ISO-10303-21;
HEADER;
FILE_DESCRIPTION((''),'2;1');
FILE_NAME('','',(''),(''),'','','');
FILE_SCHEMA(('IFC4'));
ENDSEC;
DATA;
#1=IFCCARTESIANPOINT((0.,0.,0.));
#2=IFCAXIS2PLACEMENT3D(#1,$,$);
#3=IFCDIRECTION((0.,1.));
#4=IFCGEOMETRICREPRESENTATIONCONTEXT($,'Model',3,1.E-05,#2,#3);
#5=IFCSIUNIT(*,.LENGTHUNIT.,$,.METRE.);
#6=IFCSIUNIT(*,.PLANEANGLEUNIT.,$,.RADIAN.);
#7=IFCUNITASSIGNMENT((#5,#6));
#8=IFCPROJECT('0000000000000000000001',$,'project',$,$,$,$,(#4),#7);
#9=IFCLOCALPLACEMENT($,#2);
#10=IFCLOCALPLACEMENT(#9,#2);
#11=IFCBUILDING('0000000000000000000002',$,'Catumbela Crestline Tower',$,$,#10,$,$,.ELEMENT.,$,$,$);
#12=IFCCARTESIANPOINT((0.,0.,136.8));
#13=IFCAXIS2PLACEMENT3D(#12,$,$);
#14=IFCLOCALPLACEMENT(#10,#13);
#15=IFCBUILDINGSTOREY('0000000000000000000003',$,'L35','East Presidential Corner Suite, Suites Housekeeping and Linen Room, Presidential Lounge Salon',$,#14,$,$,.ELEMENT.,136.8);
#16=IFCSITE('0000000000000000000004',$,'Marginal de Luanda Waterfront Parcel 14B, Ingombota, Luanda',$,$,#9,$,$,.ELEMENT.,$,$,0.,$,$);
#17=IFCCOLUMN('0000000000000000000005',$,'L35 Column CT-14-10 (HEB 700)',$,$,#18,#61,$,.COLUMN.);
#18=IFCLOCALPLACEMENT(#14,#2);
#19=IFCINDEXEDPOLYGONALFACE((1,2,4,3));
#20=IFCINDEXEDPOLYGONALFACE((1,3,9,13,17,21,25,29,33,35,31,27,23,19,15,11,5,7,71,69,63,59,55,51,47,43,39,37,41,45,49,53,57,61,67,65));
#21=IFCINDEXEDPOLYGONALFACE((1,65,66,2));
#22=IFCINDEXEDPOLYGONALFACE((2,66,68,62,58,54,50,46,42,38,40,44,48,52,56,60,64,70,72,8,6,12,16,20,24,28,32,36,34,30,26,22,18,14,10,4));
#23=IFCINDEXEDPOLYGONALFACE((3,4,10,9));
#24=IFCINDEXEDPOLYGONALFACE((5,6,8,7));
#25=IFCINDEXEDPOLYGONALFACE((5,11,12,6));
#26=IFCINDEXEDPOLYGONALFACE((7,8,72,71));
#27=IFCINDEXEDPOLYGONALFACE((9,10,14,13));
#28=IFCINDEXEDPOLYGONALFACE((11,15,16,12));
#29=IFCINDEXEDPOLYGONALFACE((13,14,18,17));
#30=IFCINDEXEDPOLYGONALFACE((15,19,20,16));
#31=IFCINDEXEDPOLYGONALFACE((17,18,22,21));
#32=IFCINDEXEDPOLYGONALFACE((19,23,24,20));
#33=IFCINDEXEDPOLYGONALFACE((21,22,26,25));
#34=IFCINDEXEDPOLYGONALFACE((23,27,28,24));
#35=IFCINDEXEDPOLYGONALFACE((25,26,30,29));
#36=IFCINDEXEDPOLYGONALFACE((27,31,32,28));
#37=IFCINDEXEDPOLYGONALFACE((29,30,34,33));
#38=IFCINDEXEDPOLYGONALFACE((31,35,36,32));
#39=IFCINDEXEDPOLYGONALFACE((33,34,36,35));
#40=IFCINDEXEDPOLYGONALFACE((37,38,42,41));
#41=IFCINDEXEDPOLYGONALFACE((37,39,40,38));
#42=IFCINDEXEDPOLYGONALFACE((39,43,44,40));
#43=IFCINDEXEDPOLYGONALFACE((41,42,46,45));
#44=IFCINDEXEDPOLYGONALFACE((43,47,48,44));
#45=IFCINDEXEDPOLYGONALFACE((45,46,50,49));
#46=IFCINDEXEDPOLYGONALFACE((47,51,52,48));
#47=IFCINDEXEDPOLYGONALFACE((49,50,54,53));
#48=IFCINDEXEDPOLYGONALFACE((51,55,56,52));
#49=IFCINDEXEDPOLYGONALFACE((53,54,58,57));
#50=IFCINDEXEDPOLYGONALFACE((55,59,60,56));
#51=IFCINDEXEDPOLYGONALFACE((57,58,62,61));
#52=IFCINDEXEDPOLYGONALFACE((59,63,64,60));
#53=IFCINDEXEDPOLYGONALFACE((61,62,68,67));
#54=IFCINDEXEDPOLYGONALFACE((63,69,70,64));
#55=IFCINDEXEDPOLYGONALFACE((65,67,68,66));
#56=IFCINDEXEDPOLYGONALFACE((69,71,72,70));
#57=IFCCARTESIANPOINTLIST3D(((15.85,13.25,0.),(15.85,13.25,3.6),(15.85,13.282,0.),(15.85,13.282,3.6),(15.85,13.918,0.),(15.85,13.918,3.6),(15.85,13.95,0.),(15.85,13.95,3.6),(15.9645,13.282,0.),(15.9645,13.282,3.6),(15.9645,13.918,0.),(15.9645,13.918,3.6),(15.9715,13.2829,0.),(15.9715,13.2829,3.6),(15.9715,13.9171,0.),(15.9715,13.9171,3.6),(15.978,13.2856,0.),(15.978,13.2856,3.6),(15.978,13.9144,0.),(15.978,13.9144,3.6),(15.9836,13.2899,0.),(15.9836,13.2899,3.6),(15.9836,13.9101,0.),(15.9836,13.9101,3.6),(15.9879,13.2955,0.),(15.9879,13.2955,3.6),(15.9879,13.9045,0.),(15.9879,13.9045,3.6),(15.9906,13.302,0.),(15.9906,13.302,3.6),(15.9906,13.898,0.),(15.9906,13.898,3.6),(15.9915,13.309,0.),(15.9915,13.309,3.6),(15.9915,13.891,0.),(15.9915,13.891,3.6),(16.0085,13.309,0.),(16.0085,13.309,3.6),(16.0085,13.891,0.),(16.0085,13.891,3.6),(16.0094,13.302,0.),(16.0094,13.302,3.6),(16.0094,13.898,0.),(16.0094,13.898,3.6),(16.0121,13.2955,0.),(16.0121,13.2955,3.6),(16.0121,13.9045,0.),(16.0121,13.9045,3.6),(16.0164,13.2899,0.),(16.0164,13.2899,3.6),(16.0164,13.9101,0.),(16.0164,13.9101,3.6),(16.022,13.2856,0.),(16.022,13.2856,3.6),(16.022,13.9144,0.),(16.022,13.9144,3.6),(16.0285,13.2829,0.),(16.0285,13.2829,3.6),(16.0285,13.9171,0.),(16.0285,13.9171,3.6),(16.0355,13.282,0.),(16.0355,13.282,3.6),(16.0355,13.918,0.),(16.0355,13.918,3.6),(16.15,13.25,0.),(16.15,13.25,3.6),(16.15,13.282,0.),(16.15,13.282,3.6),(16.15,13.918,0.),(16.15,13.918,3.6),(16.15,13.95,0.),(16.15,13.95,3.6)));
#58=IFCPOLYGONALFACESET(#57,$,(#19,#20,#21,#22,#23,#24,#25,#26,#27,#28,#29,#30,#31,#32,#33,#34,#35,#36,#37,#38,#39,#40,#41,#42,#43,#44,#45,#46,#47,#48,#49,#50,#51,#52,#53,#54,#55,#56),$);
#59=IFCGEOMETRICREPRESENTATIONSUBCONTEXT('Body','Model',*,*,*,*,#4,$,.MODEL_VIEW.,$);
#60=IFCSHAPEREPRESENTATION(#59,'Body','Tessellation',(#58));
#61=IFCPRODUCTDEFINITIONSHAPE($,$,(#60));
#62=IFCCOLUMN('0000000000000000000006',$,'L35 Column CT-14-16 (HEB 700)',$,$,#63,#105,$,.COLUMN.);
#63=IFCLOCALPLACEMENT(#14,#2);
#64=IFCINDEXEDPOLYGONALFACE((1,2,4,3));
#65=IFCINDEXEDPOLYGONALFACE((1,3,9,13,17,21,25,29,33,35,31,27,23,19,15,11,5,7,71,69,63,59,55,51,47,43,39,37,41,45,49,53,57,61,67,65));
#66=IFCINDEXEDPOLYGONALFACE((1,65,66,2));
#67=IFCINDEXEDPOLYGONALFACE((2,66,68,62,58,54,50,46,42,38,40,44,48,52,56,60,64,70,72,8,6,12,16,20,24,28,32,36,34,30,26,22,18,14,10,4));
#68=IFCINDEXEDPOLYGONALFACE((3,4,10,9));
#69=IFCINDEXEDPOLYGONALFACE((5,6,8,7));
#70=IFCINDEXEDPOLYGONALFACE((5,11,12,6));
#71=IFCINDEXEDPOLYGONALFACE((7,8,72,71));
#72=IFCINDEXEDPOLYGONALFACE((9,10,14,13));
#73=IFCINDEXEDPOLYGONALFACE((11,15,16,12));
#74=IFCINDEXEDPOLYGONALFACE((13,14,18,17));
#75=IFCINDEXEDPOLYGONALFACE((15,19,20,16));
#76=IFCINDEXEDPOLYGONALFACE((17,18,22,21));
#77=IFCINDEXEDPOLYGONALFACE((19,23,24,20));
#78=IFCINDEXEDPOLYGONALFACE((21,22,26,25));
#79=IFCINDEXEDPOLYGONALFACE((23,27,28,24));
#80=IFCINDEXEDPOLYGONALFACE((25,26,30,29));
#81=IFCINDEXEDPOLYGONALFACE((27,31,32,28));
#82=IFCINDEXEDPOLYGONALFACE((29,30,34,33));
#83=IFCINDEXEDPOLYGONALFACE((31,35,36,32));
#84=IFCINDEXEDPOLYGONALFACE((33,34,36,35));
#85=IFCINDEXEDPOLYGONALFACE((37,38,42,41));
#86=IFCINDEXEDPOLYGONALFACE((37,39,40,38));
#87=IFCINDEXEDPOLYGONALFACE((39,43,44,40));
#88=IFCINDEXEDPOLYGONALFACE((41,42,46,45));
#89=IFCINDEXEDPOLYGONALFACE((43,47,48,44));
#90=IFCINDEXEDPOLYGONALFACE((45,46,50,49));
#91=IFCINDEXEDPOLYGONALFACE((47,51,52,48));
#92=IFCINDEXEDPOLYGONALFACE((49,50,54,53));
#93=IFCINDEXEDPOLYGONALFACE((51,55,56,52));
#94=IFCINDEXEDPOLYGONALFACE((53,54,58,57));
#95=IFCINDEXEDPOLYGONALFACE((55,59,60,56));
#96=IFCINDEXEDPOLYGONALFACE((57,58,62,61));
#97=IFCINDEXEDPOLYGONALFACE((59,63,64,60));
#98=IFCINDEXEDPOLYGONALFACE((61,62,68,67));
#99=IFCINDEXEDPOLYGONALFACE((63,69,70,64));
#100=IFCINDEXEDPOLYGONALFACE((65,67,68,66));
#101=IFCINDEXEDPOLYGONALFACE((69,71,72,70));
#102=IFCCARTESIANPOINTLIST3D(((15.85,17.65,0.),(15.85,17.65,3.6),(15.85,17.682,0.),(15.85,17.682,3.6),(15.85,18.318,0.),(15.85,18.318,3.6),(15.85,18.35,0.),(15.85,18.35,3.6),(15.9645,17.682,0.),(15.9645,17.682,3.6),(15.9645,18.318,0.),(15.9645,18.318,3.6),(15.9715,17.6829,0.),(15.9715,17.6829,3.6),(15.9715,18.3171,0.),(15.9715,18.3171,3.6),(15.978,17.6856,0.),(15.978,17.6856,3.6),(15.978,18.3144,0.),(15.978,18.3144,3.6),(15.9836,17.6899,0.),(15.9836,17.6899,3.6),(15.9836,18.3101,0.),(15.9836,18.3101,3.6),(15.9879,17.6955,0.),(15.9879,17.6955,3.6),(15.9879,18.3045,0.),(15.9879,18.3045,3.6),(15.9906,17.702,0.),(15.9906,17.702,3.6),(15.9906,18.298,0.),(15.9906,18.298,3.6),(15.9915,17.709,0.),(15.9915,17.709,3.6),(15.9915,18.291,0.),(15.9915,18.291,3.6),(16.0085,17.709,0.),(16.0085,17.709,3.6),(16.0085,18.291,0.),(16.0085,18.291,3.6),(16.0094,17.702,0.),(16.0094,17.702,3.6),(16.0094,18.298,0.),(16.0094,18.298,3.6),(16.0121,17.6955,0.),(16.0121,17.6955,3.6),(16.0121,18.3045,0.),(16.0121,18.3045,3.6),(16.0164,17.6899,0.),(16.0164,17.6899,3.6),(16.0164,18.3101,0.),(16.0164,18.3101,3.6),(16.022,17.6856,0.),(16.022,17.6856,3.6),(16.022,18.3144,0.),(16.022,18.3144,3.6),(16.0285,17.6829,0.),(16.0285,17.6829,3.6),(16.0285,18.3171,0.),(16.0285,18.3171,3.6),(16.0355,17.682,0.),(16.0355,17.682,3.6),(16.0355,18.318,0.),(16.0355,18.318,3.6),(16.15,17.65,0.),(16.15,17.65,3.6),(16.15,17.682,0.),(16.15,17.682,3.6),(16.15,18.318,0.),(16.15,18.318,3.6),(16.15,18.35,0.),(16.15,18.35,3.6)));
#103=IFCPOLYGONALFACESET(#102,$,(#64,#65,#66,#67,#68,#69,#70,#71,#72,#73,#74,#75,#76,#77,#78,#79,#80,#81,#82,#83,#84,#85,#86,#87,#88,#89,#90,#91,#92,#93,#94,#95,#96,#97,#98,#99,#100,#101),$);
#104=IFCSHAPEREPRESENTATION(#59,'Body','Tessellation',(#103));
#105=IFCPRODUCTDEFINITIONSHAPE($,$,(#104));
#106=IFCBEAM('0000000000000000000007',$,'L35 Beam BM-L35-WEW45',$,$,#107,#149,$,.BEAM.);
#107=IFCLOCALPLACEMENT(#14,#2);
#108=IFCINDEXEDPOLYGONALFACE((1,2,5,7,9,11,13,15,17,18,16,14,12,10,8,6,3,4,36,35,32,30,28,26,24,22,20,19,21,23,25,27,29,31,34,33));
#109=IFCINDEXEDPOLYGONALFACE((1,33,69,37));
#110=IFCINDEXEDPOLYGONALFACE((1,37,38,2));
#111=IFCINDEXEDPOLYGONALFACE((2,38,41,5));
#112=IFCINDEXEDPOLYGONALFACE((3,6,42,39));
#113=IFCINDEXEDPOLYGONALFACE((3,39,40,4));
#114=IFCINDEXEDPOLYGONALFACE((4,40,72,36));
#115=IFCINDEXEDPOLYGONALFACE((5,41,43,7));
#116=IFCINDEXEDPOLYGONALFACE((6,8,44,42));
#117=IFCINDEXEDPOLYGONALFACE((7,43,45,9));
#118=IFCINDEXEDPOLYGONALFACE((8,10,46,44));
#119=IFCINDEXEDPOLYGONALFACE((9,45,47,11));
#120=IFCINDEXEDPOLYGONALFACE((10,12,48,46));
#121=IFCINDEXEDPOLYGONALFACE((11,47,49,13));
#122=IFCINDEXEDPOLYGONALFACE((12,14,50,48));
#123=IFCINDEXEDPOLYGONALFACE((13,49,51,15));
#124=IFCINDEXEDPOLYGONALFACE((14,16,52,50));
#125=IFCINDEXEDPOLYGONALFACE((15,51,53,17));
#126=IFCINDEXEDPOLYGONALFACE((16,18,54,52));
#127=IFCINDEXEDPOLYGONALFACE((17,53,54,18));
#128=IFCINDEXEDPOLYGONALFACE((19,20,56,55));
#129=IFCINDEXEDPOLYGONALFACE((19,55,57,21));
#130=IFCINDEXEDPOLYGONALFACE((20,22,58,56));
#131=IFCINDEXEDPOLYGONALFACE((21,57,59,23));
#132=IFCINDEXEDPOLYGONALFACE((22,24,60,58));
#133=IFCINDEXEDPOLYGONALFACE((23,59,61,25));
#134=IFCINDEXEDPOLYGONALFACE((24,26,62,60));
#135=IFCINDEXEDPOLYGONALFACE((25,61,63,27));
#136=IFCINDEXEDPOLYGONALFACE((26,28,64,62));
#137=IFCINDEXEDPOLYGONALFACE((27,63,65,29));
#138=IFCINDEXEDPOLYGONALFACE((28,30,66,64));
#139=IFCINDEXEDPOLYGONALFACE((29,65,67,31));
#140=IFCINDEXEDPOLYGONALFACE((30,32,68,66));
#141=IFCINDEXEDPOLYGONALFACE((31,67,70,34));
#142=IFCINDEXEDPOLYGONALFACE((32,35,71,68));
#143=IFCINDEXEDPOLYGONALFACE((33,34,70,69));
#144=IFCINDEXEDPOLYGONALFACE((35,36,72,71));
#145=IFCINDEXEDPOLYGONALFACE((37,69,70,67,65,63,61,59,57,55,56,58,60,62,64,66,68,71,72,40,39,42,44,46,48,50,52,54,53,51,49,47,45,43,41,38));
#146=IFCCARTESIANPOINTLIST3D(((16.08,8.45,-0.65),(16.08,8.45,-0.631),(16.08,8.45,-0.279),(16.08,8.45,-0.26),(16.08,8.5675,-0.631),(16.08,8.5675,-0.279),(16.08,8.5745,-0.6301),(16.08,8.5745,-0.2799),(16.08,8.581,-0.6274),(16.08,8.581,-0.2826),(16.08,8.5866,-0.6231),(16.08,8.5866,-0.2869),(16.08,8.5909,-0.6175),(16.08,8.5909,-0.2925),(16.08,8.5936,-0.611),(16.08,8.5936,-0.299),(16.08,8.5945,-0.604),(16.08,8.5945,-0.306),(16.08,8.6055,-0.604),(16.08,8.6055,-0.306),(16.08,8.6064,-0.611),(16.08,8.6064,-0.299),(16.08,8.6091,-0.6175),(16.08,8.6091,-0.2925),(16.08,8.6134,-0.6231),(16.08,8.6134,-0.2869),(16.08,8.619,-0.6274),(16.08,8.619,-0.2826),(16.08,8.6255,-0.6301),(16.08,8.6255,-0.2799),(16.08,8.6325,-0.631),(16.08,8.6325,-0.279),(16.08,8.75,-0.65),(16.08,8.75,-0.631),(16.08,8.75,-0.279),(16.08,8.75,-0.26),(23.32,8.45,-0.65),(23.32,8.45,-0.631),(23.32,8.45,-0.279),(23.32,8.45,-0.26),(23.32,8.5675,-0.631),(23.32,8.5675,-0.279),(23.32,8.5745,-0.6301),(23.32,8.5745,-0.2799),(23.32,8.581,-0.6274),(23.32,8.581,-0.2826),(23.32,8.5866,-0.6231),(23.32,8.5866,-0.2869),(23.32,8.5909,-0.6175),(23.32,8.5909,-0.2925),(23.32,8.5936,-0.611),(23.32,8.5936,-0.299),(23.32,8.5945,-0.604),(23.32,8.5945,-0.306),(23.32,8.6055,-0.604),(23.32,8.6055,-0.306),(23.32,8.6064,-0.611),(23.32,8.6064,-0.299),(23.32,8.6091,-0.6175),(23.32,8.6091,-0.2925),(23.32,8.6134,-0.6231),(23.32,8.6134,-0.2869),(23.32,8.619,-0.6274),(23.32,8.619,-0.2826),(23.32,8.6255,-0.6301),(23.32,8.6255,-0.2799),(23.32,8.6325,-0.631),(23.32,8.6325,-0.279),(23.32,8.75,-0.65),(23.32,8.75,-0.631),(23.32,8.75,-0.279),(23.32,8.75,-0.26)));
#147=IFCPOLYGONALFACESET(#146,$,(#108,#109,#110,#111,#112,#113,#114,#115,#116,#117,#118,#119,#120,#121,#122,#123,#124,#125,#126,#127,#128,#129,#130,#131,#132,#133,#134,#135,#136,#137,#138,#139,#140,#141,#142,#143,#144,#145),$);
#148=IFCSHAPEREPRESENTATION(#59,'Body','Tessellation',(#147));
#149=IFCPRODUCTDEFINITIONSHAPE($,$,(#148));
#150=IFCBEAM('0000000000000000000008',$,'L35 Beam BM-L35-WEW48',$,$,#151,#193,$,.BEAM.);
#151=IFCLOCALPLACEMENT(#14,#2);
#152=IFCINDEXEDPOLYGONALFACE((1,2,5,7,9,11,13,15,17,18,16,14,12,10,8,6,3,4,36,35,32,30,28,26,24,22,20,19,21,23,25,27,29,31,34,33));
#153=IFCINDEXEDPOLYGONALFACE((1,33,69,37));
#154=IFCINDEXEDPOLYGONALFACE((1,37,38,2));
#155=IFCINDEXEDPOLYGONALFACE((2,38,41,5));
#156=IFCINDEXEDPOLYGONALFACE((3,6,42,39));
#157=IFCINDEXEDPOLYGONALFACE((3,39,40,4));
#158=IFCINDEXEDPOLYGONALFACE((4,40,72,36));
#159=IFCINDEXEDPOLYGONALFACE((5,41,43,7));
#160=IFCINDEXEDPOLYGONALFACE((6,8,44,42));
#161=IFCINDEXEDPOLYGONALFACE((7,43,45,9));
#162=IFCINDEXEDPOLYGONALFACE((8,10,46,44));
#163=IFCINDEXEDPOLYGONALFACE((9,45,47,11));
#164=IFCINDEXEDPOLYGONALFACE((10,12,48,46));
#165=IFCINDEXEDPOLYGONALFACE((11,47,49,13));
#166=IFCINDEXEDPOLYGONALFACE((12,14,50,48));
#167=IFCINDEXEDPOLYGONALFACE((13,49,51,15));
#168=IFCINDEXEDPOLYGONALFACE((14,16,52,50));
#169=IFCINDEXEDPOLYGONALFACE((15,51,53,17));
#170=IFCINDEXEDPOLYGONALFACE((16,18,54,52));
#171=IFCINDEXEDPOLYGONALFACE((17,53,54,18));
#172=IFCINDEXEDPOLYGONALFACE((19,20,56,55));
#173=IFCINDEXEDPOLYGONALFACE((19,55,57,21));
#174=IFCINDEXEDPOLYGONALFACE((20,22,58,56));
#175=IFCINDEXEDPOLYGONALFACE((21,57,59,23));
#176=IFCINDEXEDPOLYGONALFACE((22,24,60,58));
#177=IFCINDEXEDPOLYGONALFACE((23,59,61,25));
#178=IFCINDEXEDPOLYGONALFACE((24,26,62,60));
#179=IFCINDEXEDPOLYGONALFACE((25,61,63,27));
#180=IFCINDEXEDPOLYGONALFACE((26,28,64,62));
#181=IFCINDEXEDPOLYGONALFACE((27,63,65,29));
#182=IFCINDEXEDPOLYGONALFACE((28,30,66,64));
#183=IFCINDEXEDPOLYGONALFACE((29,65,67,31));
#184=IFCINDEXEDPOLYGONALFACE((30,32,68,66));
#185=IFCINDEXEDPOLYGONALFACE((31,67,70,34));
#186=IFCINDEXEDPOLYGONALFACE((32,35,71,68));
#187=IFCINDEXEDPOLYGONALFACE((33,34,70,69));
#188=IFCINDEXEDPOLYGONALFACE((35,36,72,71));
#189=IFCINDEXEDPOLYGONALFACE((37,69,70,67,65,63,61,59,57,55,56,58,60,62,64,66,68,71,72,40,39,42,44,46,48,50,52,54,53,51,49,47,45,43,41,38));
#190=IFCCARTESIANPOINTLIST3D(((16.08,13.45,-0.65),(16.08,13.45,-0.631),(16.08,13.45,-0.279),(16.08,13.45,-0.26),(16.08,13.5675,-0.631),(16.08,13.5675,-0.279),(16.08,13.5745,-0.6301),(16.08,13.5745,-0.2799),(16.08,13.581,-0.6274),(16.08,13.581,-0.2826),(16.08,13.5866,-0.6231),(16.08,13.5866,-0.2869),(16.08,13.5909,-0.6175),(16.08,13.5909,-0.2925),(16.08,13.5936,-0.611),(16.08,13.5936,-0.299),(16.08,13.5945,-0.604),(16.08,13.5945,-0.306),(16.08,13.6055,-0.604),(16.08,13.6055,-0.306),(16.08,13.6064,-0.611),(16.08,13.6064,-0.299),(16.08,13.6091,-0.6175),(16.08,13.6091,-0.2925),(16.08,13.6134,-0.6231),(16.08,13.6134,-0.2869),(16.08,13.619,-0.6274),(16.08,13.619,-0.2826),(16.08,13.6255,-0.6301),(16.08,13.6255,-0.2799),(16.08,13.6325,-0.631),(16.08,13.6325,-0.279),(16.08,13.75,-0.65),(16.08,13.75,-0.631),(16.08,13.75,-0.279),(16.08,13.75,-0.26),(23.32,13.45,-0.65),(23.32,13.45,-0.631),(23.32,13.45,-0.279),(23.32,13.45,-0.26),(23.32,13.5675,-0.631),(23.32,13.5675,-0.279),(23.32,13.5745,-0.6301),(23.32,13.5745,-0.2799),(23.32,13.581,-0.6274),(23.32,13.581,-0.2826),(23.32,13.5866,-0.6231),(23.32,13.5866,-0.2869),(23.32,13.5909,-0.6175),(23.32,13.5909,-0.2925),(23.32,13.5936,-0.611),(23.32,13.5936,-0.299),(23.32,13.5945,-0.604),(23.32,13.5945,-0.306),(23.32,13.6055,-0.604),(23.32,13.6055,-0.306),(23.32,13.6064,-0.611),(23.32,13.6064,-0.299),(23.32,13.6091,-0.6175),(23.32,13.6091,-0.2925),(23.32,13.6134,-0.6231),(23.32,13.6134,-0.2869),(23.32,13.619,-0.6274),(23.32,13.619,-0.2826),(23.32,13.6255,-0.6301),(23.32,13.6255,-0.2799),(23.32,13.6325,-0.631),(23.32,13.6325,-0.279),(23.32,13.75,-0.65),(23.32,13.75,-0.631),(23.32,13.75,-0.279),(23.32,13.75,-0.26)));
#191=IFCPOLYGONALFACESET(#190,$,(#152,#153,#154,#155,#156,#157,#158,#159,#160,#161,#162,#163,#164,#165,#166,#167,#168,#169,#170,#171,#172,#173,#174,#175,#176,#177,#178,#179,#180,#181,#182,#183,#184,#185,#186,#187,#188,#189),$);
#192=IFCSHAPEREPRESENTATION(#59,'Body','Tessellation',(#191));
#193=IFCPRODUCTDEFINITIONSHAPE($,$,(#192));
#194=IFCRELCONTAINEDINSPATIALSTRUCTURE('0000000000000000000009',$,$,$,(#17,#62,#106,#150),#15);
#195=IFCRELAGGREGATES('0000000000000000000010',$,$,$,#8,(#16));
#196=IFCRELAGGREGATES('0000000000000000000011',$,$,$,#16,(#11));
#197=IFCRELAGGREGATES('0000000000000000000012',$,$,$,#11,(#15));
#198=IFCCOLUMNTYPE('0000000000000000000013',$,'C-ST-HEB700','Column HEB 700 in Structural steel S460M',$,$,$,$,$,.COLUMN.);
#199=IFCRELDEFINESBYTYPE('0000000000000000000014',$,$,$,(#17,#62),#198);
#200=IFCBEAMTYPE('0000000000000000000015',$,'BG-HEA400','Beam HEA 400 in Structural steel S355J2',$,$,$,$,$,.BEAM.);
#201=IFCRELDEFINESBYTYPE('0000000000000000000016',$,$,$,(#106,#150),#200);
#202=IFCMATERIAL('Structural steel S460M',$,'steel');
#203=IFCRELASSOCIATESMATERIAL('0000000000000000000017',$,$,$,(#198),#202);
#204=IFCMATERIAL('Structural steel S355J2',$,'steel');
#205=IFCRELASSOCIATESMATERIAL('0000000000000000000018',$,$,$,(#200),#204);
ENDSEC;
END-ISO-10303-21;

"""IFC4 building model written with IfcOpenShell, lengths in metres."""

from ifc_helpers import new_model, si_unit, direction, frame, origin, origin_2d, place, context, subcontext, project, spatial, i_section, extrude, material, material_profile, profile_set, type_object, element, save


model = new_model("IFC4")

# Units and contexts
model_context = context("Model", 3, precision=1e-05, world=origin(), true_north=direction((0.0, 1.0)))
body_context = subcontext(model_context, "Body", "Model", "MODEL_VIEW")
ifc_project = project(units=[si_unit("LENGTHUNIT", "METRE"), si_unit("PLANEANGLEUNIT", "RADIAN")], contexts=[model_context])

# Site, building, storey
site_placement = place(None, origin())
site = spatial("IfcSite", under=ifc_project, at=site_placement, Name="Marginal de Luanda Waterfront Parcel 14B, Ingombota, Luanda", CompositionType="ELEMENT", RefElevation=0.0)
building_placement = place(site_placement, origin())
building = spatial("IfcBuilding", under=site, at=building_placement, Name="Catumbela Crestline Tower", CompositionType="ELEMENT")
storey_placement = place(building_placement, frame((0.0, 0.0, 136.8)))
storey = spatial("IfcBuildingStorey", under=building, at=storey_placement, Name="L35", Description="East Presidential Corner Suite, Suites Housekeeping and Linen Room, Presidential Lounge Salon", CompositionType="ELEMENT", Elevation=136.8)

# Columns
ifc_material_1 = material(Name="Structural steel S460M", Category="steel")
ifc_material_profile_1 = material_profile(ifc_material_1, i_section(OverallWidth=0.3, OverallDepth=0.7, WebThickness=0.017, FlangeThickness=0.032, FilletRadius=0.027, at=origin_2d()), Name="HEB 700")
ifc_profile_set_1 = profile_set([ifc_material_profile_1], Name="Structural steel S460M")
column_type = type_object("IfcColumnType", Name="C-ST-HEB700", Description="Column HEB 700 in Structural steel S460M", PredefinedType="COLUMN", material=ifc_profile_set_1)
for number, where, z_axis, x_axis, name in (
    (1, (16.0, 13.6, 0.0), (0.0, 0.0, 1.0), (1.0, 0.0, 0.0), "L35 Column CT-14-10 (HEB 700)"),
    (2, (16.0, 18.0, 0.0), (0.0, 0.0, 1.0), (1.0, 0.0, 0.0), "L35 Column CT-14-16 (HEB 700)"),
):
    element("IfcColumn", number, at=place(storey_placement, frame(where, z_axis=z_axis, x_axis=x_axis)), inside=storey, type_object=column_type, Name=name, PredefinedType="COLUMN", context=body_context, shape_type="SweptSolid", body=[
        extrude(i_section(OverallWidth=0.3, OverallDepth=0.7, WebThickness=0.017, FlangeThickness=0.032, FilletRadius=0.027, at=origin_2d()), origin(), (0.0, 0.0, 1.0), 3.6),
    ])

# Beams
ifc_material_2 = material(Name="Structural steel S355J2", Category="steel")
ifc_material_profile_2 = material_profile(ifc_material_2, i_section(OverallWidth=0.3, OverallDepth=0.39, WebThickness=0.011, FlangeThickness=0.019, FilletRadius=0.027, at=origin_2d()), Name="HEA 400")
ifc_profile_set_2 = profile_set([ifc_material_profile_2], Name="Structural steel S355J2")
beam_type_1 = type_object("IfcBeamType", Name="BG-HEA400", Description="Beam HEA 400 in Structural steel S355J2", PredefinedType="BEAM", material=ifc_profile_set_2)
for number, where, z_axis, x_axis, name in (
    (3, (16.08, 8.6, -0.455), (1.0, 0.0, 0.0), (0.0, 1.0, 0.0), "L35 Beam BM-L35-WEW45"),
    (4, (16.08, 13.6, -0.455), (1.0, 0.0, 0.0), (0.0, 1.0, 0.0), "L35 Beam BM-L35-WEW48"),
):
    element("IfcBeam", number, at=place(storey_placement, frame(where, z_axis=z_axis, x_axis=x_axis)), inside=storey, type_object=beam_type_1, Name=name, PredefinedType="BEAM", context=body_context, shape_type="SweptSolid", body=[
        extrude(i_section(OverallWidth=0.3, OverallDepth=0.39, WebThickness=0.011, FlangeThickness=0.019, FilletRadius=0.027, at=origin_2d()), origin(), (0.0, 0.0, 1.0), 7.24),
    ])

save(model, "model.ifc")
